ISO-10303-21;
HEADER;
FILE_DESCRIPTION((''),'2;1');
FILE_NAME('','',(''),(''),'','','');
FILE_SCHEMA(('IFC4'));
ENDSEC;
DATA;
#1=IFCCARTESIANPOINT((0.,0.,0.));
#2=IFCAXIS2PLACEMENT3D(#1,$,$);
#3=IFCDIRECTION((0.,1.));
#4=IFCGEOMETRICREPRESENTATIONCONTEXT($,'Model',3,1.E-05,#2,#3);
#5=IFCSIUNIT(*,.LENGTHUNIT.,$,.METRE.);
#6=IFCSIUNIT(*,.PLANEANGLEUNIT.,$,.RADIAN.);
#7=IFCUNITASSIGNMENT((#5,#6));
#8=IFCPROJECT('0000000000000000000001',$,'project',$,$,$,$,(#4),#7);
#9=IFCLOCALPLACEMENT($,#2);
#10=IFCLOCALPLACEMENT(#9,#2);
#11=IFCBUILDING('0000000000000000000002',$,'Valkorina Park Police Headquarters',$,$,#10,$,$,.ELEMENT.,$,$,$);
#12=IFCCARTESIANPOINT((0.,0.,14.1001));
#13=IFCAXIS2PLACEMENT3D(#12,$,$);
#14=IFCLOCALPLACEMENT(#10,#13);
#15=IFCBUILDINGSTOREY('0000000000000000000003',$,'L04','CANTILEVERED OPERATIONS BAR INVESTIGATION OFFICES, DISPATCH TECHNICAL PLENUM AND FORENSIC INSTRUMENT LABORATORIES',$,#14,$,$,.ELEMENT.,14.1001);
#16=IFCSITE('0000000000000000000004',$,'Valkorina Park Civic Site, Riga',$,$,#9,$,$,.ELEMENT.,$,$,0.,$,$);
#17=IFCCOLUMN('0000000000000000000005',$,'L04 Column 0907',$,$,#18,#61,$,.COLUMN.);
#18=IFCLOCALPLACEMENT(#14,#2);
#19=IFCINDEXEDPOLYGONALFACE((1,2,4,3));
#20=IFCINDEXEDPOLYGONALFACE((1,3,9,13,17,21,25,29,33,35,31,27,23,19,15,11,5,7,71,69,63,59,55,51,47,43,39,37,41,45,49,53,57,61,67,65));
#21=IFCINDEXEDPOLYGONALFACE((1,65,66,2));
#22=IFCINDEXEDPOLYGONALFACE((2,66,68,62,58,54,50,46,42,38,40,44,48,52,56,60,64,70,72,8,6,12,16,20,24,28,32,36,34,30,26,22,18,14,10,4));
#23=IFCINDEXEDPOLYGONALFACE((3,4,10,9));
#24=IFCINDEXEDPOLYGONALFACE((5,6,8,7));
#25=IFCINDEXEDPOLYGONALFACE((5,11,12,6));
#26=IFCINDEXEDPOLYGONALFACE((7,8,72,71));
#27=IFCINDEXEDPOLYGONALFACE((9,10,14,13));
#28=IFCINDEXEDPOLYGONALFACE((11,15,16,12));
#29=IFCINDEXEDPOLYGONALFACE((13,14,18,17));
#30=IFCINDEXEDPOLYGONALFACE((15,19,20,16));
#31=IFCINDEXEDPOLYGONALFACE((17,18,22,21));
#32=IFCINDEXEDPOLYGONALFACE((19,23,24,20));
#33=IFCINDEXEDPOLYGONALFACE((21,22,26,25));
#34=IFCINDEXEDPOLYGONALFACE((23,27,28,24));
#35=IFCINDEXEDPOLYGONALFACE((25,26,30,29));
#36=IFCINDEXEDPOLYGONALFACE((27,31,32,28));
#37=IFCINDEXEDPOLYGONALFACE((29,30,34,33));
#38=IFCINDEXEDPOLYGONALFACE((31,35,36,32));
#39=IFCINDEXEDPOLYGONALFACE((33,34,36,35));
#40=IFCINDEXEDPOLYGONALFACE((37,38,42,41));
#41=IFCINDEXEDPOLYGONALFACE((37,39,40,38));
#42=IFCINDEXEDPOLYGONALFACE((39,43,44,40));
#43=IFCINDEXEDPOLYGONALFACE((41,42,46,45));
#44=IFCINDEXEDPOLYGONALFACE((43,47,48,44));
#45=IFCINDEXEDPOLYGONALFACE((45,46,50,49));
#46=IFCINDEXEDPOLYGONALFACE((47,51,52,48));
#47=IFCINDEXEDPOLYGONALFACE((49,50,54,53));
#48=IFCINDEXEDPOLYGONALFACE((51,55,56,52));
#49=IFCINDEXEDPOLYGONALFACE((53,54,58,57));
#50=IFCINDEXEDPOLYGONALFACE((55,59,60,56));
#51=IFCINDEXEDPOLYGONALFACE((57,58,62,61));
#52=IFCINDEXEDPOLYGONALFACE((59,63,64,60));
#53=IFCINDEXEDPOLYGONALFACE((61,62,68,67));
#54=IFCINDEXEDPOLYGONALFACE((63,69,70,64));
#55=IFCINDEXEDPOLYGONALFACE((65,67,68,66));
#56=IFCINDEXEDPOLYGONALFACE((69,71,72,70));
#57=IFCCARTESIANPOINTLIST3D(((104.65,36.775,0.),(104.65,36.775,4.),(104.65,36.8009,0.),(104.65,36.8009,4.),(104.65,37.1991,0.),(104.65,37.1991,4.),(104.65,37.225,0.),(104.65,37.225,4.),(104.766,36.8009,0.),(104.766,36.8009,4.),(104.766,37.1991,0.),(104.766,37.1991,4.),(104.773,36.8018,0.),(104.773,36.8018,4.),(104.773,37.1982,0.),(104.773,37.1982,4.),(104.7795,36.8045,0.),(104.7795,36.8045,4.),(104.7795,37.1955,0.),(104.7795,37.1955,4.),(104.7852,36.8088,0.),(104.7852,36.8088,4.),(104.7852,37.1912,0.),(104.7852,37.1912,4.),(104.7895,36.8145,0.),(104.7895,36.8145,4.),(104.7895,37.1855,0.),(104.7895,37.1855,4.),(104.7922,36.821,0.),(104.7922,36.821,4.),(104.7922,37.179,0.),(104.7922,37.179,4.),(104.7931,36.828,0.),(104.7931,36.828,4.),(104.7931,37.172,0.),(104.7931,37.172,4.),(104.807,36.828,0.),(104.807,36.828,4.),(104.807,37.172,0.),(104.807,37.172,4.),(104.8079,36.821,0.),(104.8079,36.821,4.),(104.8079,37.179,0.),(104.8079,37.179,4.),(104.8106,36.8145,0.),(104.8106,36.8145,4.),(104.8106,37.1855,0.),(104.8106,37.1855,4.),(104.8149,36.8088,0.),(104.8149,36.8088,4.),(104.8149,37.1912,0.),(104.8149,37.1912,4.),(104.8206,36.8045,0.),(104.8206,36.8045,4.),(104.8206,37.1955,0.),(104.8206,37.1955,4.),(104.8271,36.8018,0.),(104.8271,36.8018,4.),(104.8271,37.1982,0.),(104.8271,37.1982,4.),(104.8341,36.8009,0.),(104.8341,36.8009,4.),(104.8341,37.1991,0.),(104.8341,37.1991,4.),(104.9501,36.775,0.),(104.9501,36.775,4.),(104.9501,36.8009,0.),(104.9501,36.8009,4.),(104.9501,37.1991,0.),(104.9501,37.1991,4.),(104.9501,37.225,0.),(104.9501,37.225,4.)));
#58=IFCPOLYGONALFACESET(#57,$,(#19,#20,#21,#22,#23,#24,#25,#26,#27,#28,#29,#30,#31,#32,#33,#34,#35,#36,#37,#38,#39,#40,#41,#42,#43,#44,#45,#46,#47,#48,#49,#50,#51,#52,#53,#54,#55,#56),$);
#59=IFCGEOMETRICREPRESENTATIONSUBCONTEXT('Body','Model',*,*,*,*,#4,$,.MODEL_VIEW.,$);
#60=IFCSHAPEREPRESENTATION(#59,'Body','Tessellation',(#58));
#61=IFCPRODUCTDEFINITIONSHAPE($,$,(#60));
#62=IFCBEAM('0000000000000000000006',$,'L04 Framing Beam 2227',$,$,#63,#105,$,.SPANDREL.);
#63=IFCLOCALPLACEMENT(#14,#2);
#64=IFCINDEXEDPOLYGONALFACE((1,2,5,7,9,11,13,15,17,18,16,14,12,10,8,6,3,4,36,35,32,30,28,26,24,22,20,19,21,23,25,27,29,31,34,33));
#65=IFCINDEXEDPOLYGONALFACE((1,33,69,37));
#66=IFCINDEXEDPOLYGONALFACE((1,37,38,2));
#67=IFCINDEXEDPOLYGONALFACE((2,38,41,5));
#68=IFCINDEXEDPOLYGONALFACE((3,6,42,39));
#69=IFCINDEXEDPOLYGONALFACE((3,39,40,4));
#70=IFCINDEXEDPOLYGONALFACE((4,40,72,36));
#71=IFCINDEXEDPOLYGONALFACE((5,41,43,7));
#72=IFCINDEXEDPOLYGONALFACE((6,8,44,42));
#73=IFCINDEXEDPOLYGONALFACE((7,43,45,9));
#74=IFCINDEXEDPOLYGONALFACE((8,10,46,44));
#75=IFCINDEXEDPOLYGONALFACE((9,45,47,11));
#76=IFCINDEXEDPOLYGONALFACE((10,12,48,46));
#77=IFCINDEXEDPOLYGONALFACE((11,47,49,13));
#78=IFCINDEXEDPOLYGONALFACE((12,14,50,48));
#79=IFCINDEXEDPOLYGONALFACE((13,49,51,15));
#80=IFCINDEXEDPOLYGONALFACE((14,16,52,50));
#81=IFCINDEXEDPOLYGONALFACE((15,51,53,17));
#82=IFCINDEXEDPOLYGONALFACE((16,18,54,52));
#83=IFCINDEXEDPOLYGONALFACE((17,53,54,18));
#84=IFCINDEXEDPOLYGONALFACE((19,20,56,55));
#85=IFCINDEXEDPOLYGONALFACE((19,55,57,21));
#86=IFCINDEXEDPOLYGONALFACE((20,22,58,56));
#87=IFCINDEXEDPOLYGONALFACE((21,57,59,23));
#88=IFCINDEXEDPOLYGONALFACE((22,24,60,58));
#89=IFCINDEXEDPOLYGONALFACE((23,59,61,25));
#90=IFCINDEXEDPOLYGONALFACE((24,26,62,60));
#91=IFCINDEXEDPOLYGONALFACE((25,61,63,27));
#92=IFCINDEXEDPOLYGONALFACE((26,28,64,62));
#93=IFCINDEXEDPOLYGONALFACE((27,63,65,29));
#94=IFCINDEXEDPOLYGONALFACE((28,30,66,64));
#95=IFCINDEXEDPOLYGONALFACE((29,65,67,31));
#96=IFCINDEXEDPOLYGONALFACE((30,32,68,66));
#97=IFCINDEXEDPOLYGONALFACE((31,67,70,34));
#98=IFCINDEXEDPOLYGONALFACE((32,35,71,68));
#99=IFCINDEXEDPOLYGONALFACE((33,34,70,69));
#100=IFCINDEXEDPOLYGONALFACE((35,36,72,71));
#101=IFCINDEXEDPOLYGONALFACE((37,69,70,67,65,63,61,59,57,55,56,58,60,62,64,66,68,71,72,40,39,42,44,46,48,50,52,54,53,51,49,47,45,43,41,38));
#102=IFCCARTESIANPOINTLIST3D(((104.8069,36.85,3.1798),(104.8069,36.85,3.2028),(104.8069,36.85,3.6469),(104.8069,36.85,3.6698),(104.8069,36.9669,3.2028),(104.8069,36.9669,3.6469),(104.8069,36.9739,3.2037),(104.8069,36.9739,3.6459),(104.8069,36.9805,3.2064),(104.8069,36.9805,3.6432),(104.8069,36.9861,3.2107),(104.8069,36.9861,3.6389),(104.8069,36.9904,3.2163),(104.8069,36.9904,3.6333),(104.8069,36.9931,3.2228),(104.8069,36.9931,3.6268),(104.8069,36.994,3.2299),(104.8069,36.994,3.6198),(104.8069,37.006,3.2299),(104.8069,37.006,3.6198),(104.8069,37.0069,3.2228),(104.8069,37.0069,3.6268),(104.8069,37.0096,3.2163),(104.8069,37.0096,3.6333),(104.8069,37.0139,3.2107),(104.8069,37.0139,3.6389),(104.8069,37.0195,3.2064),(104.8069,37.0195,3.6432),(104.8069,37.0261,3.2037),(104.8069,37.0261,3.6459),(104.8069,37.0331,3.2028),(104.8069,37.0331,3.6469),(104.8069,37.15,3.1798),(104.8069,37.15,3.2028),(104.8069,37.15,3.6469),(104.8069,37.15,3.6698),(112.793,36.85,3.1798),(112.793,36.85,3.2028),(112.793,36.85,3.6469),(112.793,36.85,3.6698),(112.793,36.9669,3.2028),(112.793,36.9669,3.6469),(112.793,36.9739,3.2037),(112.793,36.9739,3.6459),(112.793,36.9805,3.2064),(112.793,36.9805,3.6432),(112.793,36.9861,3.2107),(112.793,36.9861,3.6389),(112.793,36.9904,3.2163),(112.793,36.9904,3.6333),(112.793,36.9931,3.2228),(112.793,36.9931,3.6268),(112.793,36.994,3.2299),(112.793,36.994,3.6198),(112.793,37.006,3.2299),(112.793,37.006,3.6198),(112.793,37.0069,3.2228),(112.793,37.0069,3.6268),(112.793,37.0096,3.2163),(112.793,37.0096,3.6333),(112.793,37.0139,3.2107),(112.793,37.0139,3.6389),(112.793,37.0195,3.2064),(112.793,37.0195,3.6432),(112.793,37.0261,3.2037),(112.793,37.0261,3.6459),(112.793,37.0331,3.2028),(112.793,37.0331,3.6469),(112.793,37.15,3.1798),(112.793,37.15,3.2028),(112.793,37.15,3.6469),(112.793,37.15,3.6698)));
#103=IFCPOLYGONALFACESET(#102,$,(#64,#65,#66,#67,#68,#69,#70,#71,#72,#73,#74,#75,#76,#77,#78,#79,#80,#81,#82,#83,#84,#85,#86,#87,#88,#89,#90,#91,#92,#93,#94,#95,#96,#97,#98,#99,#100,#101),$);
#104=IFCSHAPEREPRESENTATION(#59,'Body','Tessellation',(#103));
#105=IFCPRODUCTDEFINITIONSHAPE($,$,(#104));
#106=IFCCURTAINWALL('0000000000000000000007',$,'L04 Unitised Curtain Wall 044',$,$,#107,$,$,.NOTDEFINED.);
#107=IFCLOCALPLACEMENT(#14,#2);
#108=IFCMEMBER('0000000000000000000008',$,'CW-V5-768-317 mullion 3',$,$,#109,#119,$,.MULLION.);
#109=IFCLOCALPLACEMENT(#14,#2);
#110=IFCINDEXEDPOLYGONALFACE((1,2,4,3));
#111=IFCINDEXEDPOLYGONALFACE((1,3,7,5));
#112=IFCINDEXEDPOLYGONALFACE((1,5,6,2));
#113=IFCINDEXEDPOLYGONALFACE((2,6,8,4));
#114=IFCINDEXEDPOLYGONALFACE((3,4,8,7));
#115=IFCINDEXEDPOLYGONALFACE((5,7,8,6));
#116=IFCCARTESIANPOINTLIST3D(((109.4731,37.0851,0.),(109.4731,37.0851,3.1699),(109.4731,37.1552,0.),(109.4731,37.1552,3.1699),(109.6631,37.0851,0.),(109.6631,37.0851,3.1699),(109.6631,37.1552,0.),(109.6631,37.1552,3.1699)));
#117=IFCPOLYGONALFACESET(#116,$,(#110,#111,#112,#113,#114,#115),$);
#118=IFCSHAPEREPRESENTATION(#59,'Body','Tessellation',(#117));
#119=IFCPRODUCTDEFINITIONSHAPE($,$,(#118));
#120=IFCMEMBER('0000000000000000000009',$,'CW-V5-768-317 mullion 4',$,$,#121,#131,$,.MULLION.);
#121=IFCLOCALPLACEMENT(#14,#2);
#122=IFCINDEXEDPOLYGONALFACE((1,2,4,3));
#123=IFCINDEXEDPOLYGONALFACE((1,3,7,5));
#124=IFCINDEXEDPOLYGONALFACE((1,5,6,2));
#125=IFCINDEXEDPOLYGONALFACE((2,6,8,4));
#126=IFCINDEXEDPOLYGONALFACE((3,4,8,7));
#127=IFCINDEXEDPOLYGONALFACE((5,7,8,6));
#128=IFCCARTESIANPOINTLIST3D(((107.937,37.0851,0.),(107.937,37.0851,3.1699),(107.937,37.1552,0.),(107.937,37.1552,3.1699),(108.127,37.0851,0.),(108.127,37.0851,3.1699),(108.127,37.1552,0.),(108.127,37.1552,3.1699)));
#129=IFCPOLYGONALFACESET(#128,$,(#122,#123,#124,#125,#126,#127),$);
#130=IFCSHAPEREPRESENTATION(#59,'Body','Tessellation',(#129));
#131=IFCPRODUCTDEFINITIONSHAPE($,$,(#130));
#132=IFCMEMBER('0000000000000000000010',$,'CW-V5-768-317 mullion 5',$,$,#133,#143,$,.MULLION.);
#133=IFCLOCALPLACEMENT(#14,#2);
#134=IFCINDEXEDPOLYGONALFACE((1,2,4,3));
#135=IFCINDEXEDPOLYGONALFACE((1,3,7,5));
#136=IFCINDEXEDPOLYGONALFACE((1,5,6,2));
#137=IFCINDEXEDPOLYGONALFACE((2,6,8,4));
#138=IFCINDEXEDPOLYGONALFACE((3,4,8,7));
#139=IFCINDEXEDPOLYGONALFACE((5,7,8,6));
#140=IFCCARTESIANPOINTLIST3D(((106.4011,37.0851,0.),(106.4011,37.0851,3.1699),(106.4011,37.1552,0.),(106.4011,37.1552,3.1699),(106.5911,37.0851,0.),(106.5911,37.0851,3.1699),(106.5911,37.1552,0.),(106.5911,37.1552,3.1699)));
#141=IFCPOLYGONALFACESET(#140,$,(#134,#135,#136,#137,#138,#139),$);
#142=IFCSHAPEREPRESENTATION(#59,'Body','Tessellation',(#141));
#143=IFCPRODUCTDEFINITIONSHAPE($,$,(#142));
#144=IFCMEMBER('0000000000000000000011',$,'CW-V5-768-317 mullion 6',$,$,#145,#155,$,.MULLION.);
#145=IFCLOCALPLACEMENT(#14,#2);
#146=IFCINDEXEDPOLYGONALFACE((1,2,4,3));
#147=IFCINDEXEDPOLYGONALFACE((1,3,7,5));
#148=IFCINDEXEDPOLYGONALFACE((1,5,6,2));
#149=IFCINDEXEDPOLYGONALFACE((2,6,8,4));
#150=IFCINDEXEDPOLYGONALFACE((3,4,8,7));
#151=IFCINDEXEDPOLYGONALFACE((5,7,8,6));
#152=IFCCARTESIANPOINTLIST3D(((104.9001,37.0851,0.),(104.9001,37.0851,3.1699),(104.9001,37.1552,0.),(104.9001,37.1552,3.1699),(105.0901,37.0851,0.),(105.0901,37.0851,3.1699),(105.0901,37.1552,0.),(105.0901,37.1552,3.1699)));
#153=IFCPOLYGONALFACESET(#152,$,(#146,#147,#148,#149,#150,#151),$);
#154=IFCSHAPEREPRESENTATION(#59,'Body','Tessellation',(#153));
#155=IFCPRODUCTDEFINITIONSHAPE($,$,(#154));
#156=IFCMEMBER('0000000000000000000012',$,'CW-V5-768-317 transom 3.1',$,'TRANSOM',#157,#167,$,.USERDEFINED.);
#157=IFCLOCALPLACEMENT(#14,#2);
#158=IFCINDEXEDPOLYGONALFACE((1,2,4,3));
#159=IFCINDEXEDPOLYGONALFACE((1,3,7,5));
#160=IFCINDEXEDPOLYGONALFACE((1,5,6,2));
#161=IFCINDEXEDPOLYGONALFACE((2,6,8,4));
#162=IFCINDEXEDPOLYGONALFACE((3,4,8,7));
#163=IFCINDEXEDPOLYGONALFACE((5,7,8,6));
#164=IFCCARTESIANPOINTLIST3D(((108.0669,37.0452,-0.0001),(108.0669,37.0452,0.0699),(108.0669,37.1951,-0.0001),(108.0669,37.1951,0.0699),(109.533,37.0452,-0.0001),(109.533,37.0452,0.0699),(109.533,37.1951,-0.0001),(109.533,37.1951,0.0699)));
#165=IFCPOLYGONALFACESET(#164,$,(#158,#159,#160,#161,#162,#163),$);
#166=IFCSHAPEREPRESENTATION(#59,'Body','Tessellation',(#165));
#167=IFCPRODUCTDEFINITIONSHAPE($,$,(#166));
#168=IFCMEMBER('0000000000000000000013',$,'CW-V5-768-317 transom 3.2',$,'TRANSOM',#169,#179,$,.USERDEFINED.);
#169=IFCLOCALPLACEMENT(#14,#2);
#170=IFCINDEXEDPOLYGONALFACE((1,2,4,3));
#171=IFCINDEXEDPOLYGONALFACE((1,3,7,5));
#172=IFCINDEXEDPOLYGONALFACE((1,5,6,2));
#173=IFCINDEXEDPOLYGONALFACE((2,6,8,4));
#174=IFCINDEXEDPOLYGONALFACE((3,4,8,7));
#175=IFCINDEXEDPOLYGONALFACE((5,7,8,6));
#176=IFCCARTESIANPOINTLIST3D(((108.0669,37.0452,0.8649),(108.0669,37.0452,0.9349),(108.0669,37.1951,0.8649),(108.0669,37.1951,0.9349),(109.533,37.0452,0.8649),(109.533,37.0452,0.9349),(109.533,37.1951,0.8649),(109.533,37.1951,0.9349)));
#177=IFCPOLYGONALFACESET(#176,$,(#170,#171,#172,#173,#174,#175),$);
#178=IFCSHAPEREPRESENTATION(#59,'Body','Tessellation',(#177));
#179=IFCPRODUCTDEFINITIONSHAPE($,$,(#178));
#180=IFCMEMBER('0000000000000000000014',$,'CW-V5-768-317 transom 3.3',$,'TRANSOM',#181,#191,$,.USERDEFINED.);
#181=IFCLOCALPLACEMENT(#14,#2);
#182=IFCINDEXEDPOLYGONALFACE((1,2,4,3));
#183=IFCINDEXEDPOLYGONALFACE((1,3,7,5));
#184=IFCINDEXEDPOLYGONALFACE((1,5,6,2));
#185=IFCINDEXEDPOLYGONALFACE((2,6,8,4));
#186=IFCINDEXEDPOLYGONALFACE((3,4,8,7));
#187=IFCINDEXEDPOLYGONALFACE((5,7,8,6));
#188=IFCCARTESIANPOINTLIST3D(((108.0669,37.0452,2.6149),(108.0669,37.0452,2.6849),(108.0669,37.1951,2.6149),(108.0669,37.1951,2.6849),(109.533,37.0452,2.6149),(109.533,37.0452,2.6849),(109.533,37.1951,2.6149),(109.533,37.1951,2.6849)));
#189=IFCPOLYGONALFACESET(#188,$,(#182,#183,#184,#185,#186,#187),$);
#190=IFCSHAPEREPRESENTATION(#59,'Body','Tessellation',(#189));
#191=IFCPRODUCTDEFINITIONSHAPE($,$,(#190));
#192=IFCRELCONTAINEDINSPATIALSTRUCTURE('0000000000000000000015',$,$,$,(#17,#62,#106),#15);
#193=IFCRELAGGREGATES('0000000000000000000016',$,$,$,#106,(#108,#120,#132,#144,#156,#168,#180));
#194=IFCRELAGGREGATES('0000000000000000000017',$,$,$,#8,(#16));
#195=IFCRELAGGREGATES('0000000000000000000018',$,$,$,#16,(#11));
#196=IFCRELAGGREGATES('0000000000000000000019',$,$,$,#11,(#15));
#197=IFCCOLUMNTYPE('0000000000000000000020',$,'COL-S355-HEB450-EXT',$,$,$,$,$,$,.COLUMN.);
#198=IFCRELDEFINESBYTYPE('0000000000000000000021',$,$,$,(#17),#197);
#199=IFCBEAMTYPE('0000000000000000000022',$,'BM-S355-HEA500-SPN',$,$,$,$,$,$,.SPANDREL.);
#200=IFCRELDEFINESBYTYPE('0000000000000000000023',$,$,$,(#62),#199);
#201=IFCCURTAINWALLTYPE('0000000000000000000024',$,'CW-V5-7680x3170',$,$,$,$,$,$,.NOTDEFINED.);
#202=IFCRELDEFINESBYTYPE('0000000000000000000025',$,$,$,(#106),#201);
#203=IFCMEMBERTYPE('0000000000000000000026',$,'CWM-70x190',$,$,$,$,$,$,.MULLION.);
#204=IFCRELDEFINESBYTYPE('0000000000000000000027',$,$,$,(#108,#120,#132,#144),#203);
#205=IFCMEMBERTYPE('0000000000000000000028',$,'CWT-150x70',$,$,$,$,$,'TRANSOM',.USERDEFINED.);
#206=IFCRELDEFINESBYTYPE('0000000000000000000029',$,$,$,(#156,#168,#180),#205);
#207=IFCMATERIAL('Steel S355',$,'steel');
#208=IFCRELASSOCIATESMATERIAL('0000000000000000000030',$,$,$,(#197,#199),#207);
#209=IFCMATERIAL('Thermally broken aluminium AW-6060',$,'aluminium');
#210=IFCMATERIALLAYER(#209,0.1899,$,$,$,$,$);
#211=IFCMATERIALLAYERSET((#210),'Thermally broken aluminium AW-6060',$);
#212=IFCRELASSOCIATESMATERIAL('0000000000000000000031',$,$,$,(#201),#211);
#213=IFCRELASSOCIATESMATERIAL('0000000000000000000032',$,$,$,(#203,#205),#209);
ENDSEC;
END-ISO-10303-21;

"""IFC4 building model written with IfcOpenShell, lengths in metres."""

from ifc_helpers import new_model, si_unit, direction, frame, origin, origin_2d, place, context, subcontext, project, spatial, rectangle, i_section, extrude, material, layer, layer_set, material_profile, profile_set, type_object, element, aggregate, save


model = new_model("IFC4")

# Units and contexts
model_context = context("Model", 3, precision=1e-05, world=origin(), true_north=direction((0.0, 1.0)))
body_context = subcontext(model_context, "Body", "Model", "MODEL_VIEW")
ifc_project = project(units=[si_unit("LENGTHUNIT", "METRE"), si_unit("PLANEANGLEUNIT", "RADIAN")], contexts=[model_context])

# Site, building, storey
site_placement = place(None, origin())
site = spatial("IfcSite", under=ifc_project, at=site_placement, Name="Valkorina Park Civic Site, Riga", CompositionType="ELEMENT", RefElevation=0.0)
building_placement = place(site_placement, origin())
building = spatial("IfcBuilding", under=site, at=building_placement, Name="Valkorina Park Police Headquarters", CompositionType="ELEMENT")
storey_placement = place(building_placement, frame((0.0, 0.0, 14.1001)))
storey = spatial("IfcBuildingStorey", under=building, at=storey_placement, Name="L04", Description="CANTILEVERED OPERATIONS BAR INVESTIGATION OFFICES, DISPATCH TECHNICAL PLENUM AND FORENSIC INSTRUMENT LABORATORIES", CompositionType="ELEMENT", Elevation=14.1001)

# Column
ifc_material_1 = material(Name="Steel S355", Category="steel")
ifc_material_profile_1 = material_profile(ifc_material_1, i_section(OverallWidth=0.3, OverallDepth=0.45, WebThickness=0.0139, FlangeThickness=0.0259, FilletRadius=0.0271, at=origin_2d()), Name="HEB 450")
ifc_profile_set_1 = profile_set([ifc_material_profile_1], Name="Steel S355")
column_type = type_object("IfcColumnType", Name="COL-S355-HEB450-EXT", PredefinedType="COLUMN", material=ifc_profile_set_1)
column_placement = place(storey_placement, frame((104.8, 37.0, 0.0), z_axis=(0.0, 0.0, 1.0), x_axis=(1.0, 0.0, 0.0)))
element("IfcColumn", 1, at=column_placement, inside=storey, type_object=column_type, Name="L04 Column 0907", PredefinedType="COLUMN", context=body_context, shape_type="SweptSolid", body=[
    extrude(i_section(OverallWidth=0.3, OverallDepth=0.45, WebThickness=0.0139, FlangeThickness=0.0259, FilletRadius=0.0271, at=origin_2d()), origin(), (0.0, 0.0, 1.0), 4.0),
])

# Beam
ifc_material_profile_2 = material_profile(ifc_material_1, i_section(OverallWidth=0.3, OverallDepth=0.49, WebThickness=0.012, FlangeThickness=0.0229, FilletRadius=0.0271, at=origin_2d()), Name="HEA 500")
ifc_profile_set_2 = profile_set([ifc_material_profile_2], Name="Steel S355")
beam_type = type_object("IfcBeamType", Name="BM-S355-HEA500-SPN", PredefinedType="SPANDREL", material=ifc_profile_set_2)
beam_placement = place(storey_placement, frame((104.8069, 37.0, 3.4248), z_axis=(1.0, 0.0, 0.0), x_axis=(0.0, 1.0, 0.0)))
element("IfcBeam", 2, at=beam_placement, inside=storey, type_object=beam_type, Name="L04 Framing Beam 2227", PredefinedType="SPANDREL", context=body_context, shape_type="SweptSolid", body=[
    extrude(i_section(OverallWidth=0.3, OverallDepth=0.49, WebThickness=0.012, FlangeThickness=0.0229, FilletRadius=0.0271, at=origin_2d()), origin(), (0.0, 0.0, 1.0), 7.9861),
])

# Curtain wall, members
ifc_material_2 = material(Name="Thermally broken aluminium AW-6060", Category="aluminium")
ifc_layer_1 = layer(ifc_material_2, 0.1899)
ifc_layer_set_1 = layer_set([ifc_layer_1], Name="Thermally broken aluminium AW-6060")
curtain_wall_type = type_object("IfcCurtainWallType", Name="CW-V5-7680x3170", PredefinedType="NOTDEFINED", material=ifc_layer_set_1)
curtain_wall_placement = place(storey_placement, origin())
curtain_wall = element("IfcCurtainWall", 3, at=curtain_wall_placement, inside=storey, type_object=curtain_wall_type, Name="L04 Unitised Curtain Wall 044", PredefinedType="NOTDEFINED")
ifc_material_profile_3 = material_profile(ifc_material_2, rectangle(XDim=0.0701, YDim=0.1899, at=origin_2d()), Name="CWM-02 70x190")
ifc_profile_set_3 = profile_set([ifc_material_profile_3], Name="Thermally broken aluminium AW-6060")
member_type_1 = type_object("IfcMemberType", Name="CWM-70x190", PredefinedType="MULLION", material=ifc_profile_set_3)
member_1_placement = place(storey_placement, frame((109.5681, 37.1201, 0.0), z_axis=(0.0, 0.0, 1.0), x_axis=(0.0, -1.0, 0.0)))
member_1 = element("IfcMember", 4, at=member_1_placement, type_object=member_type_1, Name="CW-V5-768-317 mullion 3", PredefinedType="MULLION", context=body_context, shape_type="SweptSolid", body=[
    extrude(rectangle(XDim=0.0701, YDim=0.1899, at=origin_2d()), origin(), (0.0, 0.0, 1.0), 3.1699),
])
member_2_placement = place(storey_placement, frame((108.032, 37.1201, 0.0), z_axis=(0.0, 0.0, 1.0), x_axis=(0.0, -1.0, 0.0)))
member_2 = element("IfcMember", 5, at=member_2_placement, type_object=member_type_1, Name="CW-V5-768-317 mullion 4", PredefinedType="MULLION", context=body_context, shape_type="SweptSolid", body=[
    extrude(rectangle(XDim=0.0701, YDim=0.1899, at=origin_2d()), origin(), (0.0, 0.0, 1.0), 3.1699),
])
member_3_placement = place(storey_placement, frame((106.4961, 37.1201, 0.0), z_axis=(0.0, 0.0, 1.0), x_axis=(0.0, -1.0, 0.0)))
member_3 = element("IfcMember", 6, at=member_3_placement, type_object=member_type_1, Name="CW-V5-768-317 mullion 5", PredefinedType="MULLION", context=body_context, shape_type="SweptSolid", body=[
    extrude(rectangle(XDim=0.0701, YDim=0.1899, at=origin_2d()), origin(), (0.0, 0.0, 1.0), 3.1699),
])
member_4_placement = place(storey_placement, frame((104.9951, 37.1201, 0.0), z_axis=(0.0, 0.0, 1.0), x_axis=(0.0, -1.0, 0.0)))
member_4 = element("IfcMember", 7, at=member_4_placement, type_object=member_type_1, Name="CW-V5-768-317 mullion 6", PredefinedType="MULLION", context=body_context, shape_type="SweptSolid", body=[
    extrude(rectangle(XDim=0.0701, YDim=0.1899, at=origin_2d()), origin(), (0.0, 0.0, 1.0), 3.1699),
])
ifc_material_profile_4 = material_profile(ifc_material_2, rectangle(XDim=0.1499, YDim=0.0701, at=origin_2d()), Name="CWT-02 150x70")
ifc_profile_set_4 = profile_set([ifc_material_profile_4], Name="Thermally broken aluminium AW-6060")
member_type_2 = type_object("IfcMemberType", Name="CWT-150x70", ElementType="TRANSOM", PredefinedType="USERDEFINED", material=ifc_profile_set_4)
member_5_placement = place(storey_placement, frame((109.533, 37.1201, 0.0349), z_axis=(-1.0, 0.0, 0.0), x_axis=(0.0, -1.0, 0.0)))
member_5 = element("IfcMember", 8, at=member_5_placement, type_object=member_type_2, Name="CW-V5-768-317 transom 3.1", ObjectType="TRANSOM", PredefinedType="USERDEFINED", context=body_context, shape_type="SweptSolid", body=[
    extrude(rectangle(XDim=0.1499, YDim=0.0701, at=origin_2d()), origin(), (0.0, 0.0, 1.0), 1.4661),
])
member_6_placement = place(storey_placement, frame((109.533, 37.1201, 0.8999), z_axis=(-1.0, 0.0, 0.0), x_axis=(0.0, -1.0, 0.0)))
member_6 = element("IfcMember", 9, at=member_6_placement, type_object=member_type_2, Name="CW-V5-768-317 transom 3.2", ObjectType="TRANSOM", PredefinedType="USERDEFINED", context=body_context, shape_type="SweptSolid", body=[
    extrude(rectangle(XDim=0.1499, YDim=0.0701, at=origin_2d()), origin(), (0.0, 0.0, 1.0), 1.4661),
])
member_7_placement = place(storey_placement, frame((109.533, 37.1201, 2.6499), z_axis=(-1.0, 0.0, 0.0), x_axis=(0.0, -1.0, 0.0)))
member_7 = element("IfcMember", 10, at=member_7_placement, type_object=member_type_2, Name="CW-V5-768-317 transom 3.3", ObjectType="TRANSOM", PredefinedType="USERDEFINED", context=body_context, shape_type="SweptSolid", body=[
    extrude(rectangle(XDim=0.1499, YDim=0.0701, at=origin_2d()), origin(), (0.0, 0.0, 1.0), 1.4661),
])
aggregate(curtain_wall, [member_1, member_2, member_3, member_4, member_5, member_6, member_7])

save(model, "model.ifc")
